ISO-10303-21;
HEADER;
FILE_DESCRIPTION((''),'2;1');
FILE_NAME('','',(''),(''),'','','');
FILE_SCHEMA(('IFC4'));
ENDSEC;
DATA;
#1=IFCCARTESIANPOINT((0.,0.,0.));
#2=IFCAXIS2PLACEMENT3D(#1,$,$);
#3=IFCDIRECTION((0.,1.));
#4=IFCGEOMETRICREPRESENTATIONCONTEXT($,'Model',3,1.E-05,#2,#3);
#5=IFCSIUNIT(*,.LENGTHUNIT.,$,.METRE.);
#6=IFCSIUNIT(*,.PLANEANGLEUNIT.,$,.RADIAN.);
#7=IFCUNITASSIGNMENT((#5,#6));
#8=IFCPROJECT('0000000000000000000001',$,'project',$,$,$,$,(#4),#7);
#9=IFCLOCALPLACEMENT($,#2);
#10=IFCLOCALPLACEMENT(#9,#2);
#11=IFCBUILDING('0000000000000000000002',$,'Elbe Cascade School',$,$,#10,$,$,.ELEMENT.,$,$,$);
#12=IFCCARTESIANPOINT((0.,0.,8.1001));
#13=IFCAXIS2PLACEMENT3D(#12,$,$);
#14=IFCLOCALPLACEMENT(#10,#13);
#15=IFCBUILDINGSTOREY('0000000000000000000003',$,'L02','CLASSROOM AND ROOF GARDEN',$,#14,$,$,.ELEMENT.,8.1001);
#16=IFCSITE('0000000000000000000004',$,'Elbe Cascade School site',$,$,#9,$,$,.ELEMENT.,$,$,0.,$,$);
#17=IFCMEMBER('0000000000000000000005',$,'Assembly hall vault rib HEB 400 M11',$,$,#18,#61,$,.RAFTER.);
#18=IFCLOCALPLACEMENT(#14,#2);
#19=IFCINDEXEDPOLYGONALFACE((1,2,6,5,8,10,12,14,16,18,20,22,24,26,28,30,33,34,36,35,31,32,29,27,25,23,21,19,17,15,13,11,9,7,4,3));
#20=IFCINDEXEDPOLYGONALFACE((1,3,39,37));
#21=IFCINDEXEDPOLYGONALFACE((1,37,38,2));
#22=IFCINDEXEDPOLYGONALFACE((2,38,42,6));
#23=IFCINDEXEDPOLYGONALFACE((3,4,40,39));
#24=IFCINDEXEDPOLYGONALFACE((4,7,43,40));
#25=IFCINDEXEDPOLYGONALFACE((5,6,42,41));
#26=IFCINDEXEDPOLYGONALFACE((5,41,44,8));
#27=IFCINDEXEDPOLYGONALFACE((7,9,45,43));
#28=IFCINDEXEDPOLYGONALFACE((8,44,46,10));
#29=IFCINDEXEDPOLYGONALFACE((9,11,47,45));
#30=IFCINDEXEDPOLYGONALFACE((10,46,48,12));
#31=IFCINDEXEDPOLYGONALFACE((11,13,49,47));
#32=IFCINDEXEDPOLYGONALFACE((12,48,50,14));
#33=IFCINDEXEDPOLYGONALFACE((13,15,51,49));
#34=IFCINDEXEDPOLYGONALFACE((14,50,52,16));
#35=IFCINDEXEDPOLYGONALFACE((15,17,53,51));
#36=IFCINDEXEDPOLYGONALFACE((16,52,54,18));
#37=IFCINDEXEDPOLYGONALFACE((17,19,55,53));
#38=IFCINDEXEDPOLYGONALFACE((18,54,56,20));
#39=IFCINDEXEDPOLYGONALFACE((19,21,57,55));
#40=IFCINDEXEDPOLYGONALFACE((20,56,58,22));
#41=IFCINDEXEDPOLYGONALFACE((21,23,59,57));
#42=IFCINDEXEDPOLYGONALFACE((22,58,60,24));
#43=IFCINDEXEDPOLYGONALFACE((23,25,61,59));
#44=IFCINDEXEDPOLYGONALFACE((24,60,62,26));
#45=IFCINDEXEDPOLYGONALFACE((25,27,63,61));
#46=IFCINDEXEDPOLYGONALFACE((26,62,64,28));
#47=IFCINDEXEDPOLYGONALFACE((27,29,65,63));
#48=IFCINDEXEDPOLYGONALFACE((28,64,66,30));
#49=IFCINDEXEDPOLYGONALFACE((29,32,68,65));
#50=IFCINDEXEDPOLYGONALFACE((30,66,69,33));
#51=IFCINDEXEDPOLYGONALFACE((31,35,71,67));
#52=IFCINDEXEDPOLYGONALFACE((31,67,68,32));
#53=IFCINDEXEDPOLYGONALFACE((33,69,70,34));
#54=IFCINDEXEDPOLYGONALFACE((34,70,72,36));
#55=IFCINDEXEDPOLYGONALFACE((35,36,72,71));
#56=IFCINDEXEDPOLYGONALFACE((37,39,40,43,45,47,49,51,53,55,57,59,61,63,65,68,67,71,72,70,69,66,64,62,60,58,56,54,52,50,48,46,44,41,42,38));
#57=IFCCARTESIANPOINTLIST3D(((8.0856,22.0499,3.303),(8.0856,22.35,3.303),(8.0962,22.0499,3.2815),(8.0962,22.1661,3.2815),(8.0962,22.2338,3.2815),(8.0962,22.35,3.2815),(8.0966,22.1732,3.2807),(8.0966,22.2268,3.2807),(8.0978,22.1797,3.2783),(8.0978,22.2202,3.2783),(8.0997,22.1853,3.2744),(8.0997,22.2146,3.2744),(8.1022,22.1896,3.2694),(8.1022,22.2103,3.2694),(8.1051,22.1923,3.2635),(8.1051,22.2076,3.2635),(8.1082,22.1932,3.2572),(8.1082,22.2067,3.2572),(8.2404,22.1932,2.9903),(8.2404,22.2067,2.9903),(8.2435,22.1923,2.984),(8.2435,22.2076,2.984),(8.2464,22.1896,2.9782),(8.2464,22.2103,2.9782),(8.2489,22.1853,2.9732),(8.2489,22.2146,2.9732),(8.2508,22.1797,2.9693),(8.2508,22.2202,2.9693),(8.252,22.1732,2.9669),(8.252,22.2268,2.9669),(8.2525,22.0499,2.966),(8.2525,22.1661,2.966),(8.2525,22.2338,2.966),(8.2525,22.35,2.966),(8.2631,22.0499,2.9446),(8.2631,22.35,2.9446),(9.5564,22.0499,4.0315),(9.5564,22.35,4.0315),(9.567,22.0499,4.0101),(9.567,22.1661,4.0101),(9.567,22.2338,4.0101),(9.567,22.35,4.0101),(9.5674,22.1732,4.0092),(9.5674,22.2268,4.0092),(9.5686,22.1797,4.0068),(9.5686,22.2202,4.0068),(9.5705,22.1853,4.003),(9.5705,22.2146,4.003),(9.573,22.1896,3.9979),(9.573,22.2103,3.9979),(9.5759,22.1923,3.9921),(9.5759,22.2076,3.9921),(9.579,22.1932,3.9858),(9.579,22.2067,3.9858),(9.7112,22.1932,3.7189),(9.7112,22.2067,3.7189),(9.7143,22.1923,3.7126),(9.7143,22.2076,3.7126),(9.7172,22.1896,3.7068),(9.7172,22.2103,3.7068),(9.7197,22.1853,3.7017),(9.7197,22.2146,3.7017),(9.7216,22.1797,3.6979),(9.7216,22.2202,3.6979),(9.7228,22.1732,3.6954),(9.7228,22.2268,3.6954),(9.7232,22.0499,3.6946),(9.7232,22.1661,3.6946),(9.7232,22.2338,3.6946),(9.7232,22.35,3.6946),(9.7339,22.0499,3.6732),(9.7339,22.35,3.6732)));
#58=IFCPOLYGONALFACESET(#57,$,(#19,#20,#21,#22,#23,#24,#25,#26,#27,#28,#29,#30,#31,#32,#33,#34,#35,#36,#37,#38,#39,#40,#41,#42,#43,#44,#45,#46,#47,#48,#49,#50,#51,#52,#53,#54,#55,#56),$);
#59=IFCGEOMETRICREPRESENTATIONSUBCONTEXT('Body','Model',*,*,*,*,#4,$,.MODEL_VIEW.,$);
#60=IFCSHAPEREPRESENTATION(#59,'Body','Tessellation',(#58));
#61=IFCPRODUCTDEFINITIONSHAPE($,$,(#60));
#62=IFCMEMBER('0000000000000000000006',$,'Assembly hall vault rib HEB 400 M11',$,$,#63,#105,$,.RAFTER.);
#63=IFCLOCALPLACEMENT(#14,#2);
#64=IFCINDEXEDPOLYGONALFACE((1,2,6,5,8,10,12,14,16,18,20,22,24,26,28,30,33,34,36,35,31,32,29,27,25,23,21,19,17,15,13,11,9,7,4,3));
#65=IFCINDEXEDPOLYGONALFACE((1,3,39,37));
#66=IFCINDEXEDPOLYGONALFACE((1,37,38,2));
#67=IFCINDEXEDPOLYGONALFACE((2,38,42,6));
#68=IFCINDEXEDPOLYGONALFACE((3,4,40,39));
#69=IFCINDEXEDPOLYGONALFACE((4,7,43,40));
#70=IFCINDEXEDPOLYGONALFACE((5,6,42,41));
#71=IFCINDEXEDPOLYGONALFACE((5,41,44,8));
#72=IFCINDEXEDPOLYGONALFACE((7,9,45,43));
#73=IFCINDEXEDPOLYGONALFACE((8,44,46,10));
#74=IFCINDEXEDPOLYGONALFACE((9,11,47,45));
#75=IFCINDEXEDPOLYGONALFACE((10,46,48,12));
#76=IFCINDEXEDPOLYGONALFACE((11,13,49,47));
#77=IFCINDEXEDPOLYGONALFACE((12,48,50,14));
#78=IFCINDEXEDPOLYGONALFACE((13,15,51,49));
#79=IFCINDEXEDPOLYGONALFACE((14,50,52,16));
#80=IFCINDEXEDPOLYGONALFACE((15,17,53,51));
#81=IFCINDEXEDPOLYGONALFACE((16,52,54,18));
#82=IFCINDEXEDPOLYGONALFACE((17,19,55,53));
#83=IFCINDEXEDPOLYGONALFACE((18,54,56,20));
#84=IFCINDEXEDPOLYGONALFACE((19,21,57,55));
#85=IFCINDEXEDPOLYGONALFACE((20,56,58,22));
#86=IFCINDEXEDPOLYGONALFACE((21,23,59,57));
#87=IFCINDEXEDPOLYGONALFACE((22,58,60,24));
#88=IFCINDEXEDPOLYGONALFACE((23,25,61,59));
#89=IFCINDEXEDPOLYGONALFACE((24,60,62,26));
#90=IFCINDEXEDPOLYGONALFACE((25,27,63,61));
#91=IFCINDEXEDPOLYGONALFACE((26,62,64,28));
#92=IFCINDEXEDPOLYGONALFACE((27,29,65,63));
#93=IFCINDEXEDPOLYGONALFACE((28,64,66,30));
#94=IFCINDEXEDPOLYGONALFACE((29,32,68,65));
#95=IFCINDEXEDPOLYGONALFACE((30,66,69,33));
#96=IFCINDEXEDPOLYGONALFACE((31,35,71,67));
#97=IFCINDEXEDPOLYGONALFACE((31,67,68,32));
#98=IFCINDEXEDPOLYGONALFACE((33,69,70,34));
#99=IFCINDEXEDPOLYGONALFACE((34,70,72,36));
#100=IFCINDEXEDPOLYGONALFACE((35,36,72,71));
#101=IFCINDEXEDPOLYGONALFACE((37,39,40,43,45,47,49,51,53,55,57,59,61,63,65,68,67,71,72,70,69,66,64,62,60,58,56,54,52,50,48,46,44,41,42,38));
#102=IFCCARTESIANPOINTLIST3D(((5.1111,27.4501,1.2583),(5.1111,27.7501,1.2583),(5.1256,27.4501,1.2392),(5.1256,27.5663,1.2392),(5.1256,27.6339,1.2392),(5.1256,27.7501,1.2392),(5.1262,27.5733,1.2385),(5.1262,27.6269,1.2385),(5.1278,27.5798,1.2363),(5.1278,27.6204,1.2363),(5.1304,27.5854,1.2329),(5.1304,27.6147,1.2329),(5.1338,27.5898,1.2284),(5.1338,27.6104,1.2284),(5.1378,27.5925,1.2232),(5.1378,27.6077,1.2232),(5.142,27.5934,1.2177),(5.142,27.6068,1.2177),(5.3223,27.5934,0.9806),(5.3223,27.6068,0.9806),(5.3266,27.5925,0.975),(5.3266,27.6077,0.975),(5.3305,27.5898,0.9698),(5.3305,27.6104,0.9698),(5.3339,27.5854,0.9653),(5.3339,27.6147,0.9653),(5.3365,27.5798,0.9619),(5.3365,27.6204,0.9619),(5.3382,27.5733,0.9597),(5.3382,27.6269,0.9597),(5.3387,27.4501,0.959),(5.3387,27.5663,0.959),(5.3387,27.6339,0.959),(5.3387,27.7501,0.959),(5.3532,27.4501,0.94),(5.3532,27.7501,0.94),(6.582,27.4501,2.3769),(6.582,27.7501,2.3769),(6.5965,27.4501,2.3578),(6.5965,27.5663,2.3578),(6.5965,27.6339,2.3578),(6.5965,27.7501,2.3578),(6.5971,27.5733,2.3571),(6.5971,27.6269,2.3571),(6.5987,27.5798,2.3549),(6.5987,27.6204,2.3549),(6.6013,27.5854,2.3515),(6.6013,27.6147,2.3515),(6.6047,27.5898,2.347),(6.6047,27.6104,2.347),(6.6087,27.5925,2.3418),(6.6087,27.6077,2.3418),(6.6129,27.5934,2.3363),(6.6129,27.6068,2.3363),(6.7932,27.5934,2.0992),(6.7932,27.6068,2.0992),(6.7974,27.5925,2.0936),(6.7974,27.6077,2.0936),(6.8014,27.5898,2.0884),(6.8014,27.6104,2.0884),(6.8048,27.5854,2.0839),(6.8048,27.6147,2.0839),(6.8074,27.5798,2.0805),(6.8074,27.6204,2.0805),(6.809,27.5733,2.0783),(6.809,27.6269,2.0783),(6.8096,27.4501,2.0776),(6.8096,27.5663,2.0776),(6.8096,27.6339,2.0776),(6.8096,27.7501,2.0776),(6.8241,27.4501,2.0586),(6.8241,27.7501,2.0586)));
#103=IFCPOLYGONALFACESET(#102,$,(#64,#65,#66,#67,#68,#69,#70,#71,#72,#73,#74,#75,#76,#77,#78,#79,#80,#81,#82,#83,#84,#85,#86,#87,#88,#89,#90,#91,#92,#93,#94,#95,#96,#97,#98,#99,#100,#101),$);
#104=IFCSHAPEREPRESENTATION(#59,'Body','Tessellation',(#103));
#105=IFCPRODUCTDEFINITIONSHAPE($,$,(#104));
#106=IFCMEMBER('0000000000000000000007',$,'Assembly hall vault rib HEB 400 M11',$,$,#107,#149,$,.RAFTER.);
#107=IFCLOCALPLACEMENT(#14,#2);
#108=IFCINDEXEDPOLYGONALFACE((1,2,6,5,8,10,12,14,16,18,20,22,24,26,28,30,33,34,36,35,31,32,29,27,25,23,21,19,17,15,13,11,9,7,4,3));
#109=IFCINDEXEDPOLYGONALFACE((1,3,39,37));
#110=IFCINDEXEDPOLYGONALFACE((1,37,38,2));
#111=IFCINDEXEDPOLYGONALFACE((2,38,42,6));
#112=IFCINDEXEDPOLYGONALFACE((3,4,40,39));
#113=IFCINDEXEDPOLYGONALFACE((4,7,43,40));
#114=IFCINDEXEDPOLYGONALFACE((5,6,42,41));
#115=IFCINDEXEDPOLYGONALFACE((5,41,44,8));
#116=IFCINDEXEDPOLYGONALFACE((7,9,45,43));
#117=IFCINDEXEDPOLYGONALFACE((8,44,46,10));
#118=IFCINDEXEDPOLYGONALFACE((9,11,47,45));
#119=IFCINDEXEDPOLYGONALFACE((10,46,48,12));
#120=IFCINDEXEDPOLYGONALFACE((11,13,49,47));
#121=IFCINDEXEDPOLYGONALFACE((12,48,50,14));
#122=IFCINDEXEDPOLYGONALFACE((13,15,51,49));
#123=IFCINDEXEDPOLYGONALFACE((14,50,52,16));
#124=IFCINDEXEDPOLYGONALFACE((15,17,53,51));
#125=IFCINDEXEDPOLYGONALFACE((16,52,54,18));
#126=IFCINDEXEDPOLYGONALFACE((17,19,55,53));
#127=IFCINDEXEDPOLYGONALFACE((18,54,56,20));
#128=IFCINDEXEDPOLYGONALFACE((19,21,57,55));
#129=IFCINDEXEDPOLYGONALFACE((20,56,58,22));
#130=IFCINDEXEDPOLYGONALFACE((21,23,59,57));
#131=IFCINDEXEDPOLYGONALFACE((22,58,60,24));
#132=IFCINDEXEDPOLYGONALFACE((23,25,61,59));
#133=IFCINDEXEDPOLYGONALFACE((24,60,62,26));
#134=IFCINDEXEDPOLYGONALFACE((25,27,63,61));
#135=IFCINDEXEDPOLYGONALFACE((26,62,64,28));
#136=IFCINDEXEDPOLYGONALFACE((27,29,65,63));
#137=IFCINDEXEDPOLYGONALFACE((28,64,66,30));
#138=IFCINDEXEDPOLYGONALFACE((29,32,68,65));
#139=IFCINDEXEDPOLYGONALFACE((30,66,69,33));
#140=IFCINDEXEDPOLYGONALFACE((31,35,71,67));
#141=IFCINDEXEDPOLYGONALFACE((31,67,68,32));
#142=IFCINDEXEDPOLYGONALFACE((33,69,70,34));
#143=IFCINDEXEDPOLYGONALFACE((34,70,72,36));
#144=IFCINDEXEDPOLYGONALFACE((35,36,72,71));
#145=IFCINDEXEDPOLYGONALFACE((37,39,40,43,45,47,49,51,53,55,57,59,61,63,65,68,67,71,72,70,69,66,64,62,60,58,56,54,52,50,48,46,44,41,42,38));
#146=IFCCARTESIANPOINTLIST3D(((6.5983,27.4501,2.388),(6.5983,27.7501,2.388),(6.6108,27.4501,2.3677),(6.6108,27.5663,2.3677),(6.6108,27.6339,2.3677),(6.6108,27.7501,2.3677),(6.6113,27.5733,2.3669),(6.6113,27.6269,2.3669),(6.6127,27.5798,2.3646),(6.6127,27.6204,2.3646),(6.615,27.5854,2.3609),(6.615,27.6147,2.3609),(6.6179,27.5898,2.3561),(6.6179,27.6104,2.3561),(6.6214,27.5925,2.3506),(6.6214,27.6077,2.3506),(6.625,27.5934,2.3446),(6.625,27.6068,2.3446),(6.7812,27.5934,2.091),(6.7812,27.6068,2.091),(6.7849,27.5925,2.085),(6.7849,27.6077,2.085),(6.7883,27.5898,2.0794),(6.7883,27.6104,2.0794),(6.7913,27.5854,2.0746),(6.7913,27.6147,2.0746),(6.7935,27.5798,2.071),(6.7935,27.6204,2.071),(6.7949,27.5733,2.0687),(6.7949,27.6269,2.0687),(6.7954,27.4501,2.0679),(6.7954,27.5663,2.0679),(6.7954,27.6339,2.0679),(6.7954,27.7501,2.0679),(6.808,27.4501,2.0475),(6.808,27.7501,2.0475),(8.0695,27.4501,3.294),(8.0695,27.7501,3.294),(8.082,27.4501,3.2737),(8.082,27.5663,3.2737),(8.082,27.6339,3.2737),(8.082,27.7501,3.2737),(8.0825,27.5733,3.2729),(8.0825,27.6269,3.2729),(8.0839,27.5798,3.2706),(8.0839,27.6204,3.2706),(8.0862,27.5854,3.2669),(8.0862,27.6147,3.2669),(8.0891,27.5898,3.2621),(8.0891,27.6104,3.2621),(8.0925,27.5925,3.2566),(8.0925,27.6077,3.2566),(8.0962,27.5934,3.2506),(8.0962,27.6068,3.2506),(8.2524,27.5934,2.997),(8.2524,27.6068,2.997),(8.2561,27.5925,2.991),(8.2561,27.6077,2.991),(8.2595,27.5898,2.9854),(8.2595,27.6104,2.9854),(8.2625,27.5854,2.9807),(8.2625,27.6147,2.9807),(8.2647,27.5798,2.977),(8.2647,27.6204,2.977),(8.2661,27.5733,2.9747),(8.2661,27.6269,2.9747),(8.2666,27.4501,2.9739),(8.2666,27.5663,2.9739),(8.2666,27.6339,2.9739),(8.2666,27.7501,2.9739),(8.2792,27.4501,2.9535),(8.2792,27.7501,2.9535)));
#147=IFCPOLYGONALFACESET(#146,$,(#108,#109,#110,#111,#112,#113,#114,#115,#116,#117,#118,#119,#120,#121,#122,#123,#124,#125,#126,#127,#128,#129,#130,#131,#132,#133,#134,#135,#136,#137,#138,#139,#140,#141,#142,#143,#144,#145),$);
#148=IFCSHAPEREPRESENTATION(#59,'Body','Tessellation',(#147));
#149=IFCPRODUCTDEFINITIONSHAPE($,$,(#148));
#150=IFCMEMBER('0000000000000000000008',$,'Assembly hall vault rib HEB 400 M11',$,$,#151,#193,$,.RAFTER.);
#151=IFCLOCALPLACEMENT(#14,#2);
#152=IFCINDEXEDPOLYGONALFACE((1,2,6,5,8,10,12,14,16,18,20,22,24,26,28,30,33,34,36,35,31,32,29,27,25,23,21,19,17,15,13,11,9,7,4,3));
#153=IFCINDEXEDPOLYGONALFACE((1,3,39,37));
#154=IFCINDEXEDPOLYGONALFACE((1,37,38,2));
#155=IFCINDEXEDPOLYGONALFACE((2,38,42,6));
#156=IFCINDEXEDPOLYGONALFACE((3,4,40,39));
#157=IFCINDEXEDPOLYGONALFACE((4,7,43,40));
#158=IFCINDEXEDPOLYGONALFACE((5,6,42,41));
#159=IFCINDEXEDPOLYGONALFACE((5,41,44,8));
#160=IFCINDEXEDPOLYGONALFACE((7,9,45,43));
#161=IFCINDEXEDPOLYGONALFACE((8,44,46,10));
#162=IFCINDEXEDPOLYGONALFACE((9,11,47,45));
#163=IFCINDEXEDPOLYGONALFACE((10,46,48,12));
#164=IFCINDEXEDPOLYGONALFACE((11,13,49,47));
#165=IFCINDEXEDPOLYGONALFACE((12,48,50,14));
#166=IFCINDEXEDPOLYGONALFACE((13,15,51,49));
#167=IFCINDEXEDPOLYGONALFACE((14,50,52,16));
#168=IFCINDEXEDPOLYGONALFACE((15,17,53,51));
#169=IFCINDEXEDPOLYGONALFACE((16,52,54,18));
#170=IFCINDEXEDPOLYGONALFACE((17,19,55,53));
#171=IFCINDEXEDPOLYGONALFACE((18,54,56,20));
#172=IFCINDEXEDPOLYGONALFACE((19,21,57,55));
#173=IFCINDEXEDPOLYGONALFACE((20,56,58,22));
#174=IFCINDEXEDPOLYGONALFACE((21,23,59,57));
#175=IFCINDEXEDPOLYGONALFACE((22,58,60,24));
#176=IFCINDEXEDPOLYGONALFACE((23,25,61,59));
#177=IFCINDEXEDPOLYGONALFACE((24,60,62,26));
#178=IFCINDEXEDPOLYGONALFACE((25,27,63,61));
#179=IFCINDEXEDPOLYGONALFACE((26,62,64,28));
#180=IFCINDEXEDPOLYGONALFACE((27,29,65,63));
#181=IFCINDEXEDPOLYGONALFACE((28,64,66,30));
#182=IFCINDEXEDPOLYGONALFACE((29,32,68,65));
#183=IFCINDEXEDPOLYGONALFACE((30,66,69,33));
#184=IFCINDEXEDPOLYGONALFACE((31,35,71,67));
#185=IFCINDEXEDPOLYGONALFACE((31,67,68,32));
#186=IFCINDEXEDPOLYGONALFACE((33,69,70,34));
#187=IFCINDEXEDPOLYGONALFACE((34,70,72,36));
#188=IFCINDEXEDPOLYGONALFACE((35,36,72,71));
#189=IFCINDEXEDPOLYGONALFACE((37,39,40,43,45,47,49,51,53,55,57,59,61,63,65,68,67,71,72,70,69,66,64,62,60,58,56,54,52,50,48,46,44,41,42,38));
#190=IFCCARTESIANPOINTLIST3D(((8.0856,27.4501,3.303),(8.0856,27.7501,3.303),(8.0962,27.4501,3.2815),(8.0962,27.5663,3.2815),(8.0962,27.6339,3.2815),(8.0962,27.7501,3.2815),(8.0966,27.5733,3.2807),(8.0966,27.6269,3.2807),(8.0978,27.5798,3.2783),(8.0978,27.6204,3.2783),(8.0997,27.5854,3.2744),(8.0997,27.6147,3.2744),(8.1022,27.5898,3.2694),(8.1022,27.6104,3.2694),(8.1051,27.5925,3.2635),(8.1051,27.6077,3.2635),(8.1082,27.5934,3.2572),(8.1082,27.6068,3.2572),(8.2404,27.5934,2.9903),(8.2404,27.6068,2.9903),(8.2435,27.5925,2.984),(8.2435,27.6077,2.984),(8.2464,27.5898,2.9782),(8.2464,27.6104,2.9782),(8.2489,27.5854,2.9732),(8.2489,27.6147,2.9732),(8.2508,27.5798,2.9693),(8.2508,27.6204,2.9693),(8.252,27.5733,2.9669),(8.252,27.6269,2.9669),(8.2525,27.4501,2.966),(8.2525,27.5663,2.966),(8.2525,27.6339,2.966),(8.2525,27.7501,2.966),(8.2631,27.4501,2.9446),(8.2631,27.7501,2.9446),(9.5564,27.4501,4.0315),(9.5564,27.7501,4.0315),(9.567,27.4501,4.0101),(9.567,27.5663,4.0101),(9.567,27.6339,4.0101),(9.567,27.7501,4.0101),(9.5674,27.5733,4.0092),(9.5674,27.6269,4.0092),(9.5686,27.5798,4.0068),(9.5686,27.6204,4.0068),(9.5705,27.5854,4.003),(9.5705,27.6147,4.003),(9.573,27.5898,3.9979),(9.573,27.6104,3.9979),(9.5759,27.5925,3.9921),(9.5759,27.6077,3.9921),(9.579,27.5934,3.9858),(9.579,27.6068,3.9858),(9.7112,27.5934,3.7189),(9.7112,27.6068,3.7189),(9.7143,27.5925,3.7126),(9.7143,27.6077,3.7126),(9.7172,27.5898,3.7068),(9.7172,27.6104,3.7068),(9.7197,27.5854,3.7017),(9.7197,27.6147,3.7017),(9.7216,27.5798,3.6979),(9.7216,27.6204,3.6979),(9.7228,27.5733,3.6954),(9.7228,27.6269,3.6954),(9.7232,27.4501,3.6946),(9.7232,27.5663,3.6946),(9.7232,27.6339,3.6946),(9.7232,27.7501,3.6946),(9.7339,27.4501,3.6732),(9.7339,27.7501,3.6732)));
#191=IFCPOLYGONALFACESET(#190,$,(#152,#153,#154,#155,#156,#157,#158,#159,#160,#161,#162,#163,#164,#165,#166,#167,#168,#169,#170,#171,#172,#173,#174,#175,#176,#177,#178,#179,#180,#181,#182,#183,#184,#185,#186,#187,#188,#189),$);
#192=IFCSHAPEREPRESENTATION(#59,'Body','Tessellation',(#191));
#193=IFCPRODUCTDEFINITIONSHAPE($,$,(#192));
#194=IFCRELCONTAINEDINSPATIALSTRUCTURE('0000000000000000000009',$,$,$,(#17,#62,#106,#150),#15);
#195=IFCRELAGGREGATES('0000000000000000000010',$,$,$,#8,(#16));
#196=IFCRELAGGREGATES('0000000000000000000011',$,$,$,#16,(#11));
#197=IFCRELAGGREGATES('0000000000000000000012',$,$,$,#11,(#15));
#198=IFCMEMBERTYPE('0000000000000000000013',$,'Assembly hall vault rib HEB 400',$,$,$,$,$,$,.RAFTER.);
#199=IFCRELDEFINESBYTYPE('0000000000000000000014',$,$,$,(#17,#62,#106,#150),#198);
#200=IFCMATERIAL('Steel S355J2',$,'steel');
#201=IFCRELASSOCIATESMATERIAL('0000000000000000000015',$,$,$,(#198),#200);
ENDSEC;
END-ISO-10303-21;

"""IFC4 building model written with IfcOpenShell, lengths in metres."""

from ifc_helpers import new_model, si_unit, direction, frame, origin, origin_2d, place, context, subcontext, project, spatial, i_section, extrude, material, material_profile, profile_set, type_object, element, save


model = new_model("IFC4")

# Units and contexts
model_context = context("Model", 3, precision=1e-05, world=origin(), true_north=direction((0.0, 1.0)))
body_context = subcontext(model_context, "Body", "Model", "MODEL_VIEW")
ifc_project = project(units=[si_unit("LENGTHUNIT", "METRE"), si_unit("PLANEANGLEUNIT", "RADIAN")], contexts=[model_context])

# Site, building, storey
site_placement = place(None, origin())
site = spatial("IfcSite", under=ifc_project, at=site_placement, Name="Elbe Cascade School site", CompositionType="ELEMENT", RefElevation=0.0)
building_placement = place(site_placement, origin())
building = spatial("IfcBuilding", under=site, at=building_placement, Name="Elbe Cascade School", CompositionType="ELEMENT")
storey_placement = place(building_placement, frame((0.0, 0.0, 8.1001)))
storey = spatial("IfcBuildingStorey", under=building, at=storey_placement, Name="L02", Description="CLASSROOM AND ROOF GARDEN", CompositionType="ELEMENT", Elevation=8.1001)

# Members
ifc_material_1 = material(Name="Steel S355J2", Category="steel")
ifc_material_profile_1 = material_profile(ifc_material_1, i_section(OverallWidth=0.3, OverallDepth=0.3999, WebThickness=0.0134, FlangeThickness=0.0239, FilletRadius=0.0271, at=origin_2d()), Name="HEB 400")
ifc_profile_set_1 = profile_set([ifc_material_profile_1], Name="Steel S355J2")
member_type_1 = type_object("IfcMemberType", Name="Assembly hall vault rib HEB 400", PredefinedType="RAFTER", material=ifc_profile_set_1)
member_1_placement = place(storey_placement, frame((8.1743, 22.2, 3.1238), z_axis=(0.896087, 0.0, 0.443878), x_axis=(0.0, 1.0, 0.0)))
element("IfcMember", 1, at=member_1_placement, inside=storey, type_object=member_type_1, Name="Assembly hall vault rib HEB 400 M11", PredefinedType="RAFTER", context=body_context, shape_type="SweptSolid", body=[
    extrude(i_section(OverallWidth=0.3, OverallDepth=0.3999, WebThickness=0.0134, FlangeThickness=0.0239, FilletRadius=0.0271, at=origin_2d()), origin(), (0.0, 0.0, 1.0), 1.6414),
])
member_2_placement = place(storey_placement, frame((5.2322, 27.6001, 1.0991), z_axis=(0.795971, 0.0, 0.605334), x_axis=(0.0, 1.0, 0.0)))
element("IfcMember", 2, at=member_2_placement, inside=storey, type_object=member_type_1, Name="Assembly hall vault rib HEB 400 M11", PredefinedType="RAFTER", context=body_context, shape_type="SweptSolid", body=[
    extrude(i_section(OverallWidth=0.3, OverallDepth=0.3999, WebThickness=0.0134, FlangeThickness=0.0239, FilletRadius=0.0271, at=origin_2d()), origin(), (0.0, 0.0, 1.0), 1.8479),
])
member_3_placement = place(storey_placement, frame((6.7031, 27.6001, 2.2178), z_axis=(0.851488, 0.0, 0.524373), x_axis=(0.0, 1.0, 0.0)))
element("IfcMember", 3, at=member_3_placement, inside=storey, type_object=member_type_1, Name="Assembly hall vault rib HEB 400 M11", PredefinedType="RAFTER", context=body_context, shape_type="SweptSolid", body=[
    extrude(i_section(OverallWidth=0.3, OverallDepth=0.3999, WebThickness=0.0134, FlangeThickness=0.0239, FilletRadius=0.0271, at=origin_2d()), origin(), (0.0, 0.0, 1.0), 1.7278),
])
member_4_placement = place(storey_placement, frame((8.1743, 27.6001, 3.1238), z_axis=(0.896087, 0.0, 0.443878), x_axis=(0.0, 1.0, 0.0)))
element("IfcMember", 4, at=member_4_placement, inside=storey, type_object=member_type_1, Name="Assembly hall vault rib HEB 400 M11", PredefinedType="RAFTER", context=body_context, shape_type="SweptSolid", body=[
    extrude(i_section(OverallWidth=0.3, OverallDepth=0.3999, WebThickness=0.0134, FlangeThickness=0.0239, FilletRadius=0.0271, at=origin_2d()), origin(), (0.0, 0.0, 1.0), 1.6414),
])

save(model, "model.ifc")
